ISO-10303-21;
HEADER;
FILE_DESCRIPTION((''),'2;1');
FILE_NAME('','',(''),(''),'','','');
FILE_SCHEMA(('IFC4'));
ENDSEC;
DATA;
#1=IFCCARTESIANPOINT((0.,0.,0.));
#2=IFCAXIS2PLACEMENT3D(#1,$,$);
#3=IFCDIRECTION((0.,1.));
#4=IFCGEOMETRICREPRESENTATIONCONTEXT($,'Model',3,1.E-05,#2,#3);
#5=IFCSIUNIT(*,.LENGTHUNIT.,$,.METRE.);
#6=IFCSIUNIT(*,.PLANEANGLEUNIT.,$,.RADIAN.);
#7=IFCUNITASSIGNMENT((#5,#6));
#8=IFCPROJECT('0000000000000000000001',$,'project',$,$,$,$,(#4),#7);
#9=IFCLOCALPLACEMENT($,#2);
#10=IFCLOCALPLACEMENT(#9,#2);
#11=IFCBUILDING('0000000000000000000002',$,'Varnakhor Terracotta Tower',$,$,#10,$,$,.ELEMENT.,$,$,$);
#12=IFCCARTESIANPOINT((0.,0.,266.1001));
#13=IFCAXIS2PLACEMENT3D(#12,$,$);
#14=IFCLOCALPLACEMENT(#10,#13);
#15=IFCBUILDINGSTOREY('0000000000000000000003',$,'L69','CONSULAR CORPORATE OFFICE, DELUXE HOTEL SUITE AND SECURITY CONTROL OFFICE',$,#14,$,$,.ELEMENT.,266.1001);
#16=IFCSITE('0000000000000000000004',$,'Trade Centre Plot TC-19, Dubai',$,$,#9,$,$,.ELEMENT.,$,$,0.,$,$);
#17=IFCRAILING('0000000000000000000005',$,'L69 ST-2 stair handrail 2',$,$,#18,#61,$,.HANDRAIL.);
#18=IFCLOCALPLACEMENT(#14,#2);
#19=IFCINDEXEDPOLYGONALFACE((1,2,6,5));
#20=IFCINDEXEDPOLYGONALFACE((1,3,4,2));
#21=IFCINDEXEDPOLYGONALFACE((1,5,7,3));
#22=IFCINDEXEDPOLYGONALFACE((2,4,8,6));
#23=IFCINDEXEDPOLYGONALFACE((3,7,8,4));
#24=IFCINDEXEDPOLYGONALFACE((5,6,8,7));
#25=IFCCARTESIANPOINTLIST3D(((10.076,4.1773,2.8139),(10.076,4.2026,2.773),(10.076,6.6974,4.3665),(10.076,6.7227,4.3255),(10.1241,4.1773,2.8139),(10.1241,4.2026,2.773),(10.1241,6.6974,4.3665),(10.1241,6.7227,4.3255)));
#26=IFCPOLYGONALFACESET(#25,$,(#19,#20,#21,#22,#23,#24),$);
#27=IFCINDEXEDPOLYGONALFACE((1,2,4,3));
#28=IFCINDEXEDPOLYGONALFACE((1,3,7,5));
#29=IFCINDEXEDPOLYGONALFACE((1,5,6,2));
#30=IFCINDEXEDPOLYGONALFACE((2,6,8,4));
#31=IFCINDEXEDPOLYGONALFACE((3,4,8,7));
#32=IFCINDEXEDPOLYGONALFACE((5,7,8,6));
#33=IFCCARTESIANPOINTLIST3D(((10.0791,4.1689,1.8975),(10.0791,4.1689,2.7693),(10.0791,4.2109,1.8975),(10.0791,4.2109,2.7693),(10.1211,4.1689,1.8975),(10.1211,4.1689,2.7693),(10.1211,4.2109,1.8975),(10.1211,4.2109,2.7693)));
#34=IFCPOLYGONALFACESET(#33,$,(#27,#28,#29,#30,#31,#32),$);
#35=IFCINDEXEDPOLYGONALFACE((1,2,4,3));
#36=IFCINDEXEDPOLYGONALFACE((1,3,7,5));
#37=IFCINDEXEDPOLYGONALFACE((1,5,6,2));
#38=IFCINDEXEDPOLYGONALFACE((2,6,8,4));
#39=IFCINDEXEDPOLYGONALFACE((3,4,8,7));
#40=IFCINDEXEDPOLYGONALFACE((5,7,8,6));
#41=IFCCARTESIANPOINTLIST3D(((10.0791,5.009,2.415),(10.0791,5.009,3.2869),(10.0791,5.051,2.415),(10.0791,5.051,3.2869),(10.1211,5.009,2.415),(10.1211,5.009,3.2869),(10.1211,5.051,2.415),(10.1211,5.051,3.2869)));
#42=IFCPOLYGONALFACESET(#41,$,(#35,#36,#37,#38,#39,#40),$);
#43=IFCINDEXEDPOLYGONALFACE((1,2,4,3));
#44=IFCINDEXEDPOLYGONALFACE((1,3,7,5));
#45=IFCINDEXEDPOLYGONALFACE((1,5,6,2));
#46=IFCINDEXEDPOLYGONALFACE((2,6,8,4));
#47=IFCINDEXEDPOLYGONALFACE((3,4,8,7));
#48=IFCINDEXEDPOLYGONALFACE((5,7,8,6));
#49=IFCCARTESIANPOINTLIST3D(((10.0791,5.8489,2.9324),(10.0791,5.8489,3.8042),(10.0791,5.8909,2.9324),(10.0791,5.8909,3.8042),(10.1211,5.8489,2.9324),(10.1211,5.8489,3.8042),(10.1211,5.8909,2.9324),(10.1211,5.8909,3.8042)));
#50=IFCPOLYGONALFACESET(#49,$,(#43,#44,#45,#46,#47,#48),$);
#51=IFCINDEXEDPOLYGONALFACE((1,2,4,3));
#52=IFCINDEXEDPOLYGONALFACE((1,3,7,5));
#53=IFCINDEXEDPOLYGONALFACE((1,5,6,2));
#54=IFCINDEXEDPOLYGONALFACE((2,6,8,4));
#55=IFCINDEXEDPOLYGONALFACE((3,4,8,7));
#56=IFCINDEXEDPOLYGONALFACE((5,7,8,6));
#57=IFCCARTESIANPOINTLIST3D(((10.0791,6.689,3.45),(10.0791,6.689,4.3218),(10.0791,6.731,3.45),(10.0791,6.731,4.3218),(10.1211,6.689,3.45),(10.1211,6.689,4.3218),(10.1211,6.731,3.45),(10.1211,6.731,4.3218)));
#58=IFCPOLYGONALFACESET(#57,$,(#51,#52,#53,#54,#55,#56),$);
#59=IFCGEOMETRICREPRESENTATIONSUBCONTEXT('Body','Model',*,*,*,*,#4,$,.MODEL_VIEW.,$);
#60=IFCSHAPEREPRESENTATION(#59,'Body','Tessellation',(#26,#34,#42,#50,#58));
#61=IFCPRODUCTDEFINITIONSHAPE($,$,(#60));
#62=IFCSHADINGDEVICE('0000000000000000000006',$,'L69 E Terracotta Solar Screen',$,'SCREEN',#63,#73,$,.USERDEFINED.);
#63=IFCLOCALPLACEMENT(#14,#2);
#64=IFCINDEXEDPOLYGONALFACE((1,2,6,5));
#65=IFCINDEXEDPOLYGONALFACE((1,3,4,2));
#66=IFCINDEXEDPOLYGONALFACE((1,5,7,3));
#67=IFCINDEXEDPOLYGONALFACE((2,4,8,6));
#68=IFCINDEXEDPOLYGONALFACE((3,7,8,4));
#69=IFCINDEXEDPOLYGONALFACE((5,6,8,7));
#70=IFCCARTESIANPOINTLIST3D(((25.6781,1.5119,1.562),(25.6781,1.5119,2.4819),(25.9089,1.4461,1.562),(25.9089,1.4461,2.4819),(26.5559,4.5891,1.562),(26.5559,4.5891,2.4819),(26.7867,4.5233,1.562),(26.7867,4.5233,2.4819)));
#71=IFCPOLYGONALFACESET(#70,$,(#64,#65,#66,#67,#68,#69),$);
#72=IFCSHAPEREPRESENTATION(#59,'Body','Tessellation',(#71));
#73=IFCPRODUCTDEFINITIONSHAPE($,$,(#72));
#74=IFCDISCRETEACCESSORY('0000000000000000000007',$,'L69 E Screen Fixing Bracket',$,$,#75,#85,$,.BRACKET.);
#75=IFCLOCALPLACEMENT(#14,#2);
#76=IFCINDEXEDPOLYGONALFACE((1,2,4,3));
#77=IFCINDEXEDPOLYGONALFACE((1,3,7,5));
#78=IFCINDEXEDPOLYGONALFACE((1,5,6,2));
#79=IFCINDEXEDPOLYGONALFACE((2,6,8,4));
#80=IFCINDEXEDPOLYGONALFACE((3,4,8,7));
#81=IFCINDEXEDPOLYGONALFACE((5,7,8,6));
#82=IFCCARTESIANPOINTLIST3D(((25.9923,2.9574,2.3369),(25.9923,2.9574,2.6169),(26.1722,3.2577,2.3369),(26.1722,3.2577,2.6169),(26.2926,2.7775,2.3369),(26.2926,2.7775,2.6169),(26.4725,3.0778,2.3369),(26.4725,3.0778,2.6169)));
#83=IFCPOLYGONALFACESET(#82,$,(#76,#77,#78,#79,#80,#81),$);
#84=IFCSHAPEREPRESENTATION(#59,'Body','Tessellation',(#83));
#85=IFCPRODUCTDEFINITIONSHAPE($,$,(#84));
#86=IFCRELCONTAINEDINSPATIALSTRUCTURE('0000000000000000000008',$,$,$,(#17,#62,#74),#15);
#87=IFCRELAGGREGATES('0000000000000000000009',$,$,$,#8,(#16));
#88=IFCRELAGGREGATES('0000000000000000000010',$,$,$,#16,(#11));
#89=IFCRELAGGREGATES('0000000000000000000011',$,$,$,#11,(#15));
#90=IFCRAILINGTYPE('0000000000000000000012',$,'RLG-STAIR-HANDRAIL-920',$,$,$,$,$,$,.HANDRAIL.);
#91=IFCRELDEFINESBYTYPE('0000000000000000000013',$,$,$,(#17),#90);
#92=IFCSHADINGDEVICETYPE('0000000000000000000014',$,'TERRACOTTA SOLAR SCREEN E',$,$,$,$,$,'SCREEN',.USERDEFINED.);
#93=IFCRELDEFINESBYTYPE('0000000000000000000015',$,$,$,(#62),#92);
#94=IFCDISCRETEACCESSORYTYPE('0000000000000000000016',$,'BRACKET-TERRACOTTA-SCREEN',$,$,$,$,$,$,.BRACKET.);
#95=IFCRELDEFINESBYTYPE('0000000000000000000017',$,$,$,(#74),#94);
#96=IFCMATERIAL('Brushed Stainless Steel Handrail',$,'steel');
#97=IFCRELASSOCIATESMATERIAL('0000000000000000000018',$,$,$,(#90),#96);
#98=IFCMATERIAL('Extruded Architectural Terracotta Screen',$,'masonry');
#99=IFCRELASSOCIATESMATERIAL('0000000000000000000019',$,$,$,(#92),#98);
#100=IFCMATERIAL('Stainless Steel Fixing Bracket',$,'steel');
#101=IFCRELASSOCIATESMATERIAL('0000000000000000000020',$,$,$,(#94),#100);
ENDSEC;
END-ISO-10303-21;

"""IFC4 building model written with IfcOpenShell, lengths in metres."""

from ifc_helpers import new_model, si_unit, direction, frame, origin, origin_2d, place, context, subcontext, project, spatial, rectangle, extrude, source, transform, mapped, material, type_object, type_shapes, element, save


model = new_model("IFC4")

# Units and contexts
model_context = context("Model", 3, precision=1e-05, world=origin(), true_north=direction((0.0, 1.0)))
body_context = subcontext(model_context, "Body", "Model", "MODEL_VIEW")
ifc_project = project(units=[si_unit("LENGTHUNIT", "METRE"), si_unit("PLANEANGLEUNIT", "RADIAN")], contexts=[model_context])

# Site, building, storey
site_placement = place(None, origin())
site = spatial("IfcSite", under=ifc_project, at=site_placement, Name="Trade Centre Plot TC-19, Dubai", CompositionType="ELEMENT", RefElevation=0.0)
building_placement = place(site_placement, origin())
building = spatial("IfcBuilding", under=site, at=building_placement, Name="Varnakhor Terracotta Tower", CompositionType="ELEMENT")
storey_placement = place(building_placement, frame((0.0, 0.0, 266.1001)))
storey = spatial("IfcBuildingStorey", under=building, at=storey_placement, Name="L69", Description="CONSULAR CORPORATE OFFICE, DELUXE HOTEL SUITE AND SECURITY CONTROL OFFICE", CompositionType="ELEMENT", Elevation=266.1001)

# Railing
ifc_material_1 = material(Name="Brushed Stainless Steel Handrail", Category="steel")
railing_type = type_object("IfcRailingType", Name="RLG-STAIR-HANDRAIL-920", PredefinedType="HANDRAIL", material=ifc_material_1)
railing_placement = place(storey_placement, frame((10.1001, 4.1899, 1.8975)))
element("IfcRailing", 1, at=railing_placement, inside=storey, type_object=railing_type, Name="L69 ST-2 stair handrail 2", PredefinedType="HANDRAIL", context=body_context, shape_type="SweptSolid", body=[
    extrude(rectangle(XDim=0.0481, YDim=0.0481, at=origin_2d()), frame((0.0, 0.0, 0.896), z_axis=(0.0, 0.8514, 0.524516), x_axis=(-1.0, 0.0, 0.0)), (0.0, 0.0, 1.0), 2.96),
    extrude(rectangle(XDim=0.042, YDim=0.042, at=origin_2d()), origin(), (0.0, 0.0, 1.0), 0.8718),
    extrude(rectangle(XDim=0.042, YDim=0.042, at=origin_2d()), frame((0.0, 0.8401, 0.5176)), (0.0, 0.0, 1.0), 0.8718),
    extrude(rectangle(XDim=0.042, YDim=0.042, at=origin_2d()), frame((0.0, 1.6799, 1.0349)), (0.0, 0.0, 1.0), 0.8718),
    extrude(rectangle(XDim=0.042, YDim=0.042, at=origin_2d()), frame((0.0, 2.52, 1.5525)), (0.0, 0.0, 1.0), 0.8718),
])

# Shading device
ifc_material_2 = material(Name="Extruded Architectural Terracotta Screen", Category="masonry")
shading_device_type = type_object("IfcShadingDeviceType", Name="TERRACOTTA SOLAR SCREEN E", ElementType="SCREEN", PredefinedType="USERDEFINED", material=ifc_material_2)
shared_shape_1 = source(origin(), body_context, "Body", "SweptSolid", [
    extrude(rectangle(XDim=3.2, YDim=0.24, at=origin_2d()), origin(), (0.0, 0.0, 1.0), 0.9199),
])
type_shapes(shading_device_type, [shared_shape_1])
shading_device_placement = place(storey_placement, frame((26.2324, 3.0176, 1.562), z_axis=(0.0, 0.0, 1.0), x_axis=(0.274328, 0.961636, 0.0)))
element("IfcShadingDevice", 2, at=shading_device_placement, inside=storey, type_object=shading_device_type, Name="L69 E Terracotta Solar Screen", ObjectType="SCREEN", PredefinedType="USERDEFINED", context=body_context, shape_type="MappedRepresentation", body=[
    mapped(shared_shape_1, transform((0.0, 0.0, 0.0), scale=1.0)),
])

# Discrete accessory
ifc_material_3 = material(Name="Stainless Steel Fixing Bracket", Category="steel")
discrete_accessory_type = type_object("IfcDiscreteAccessoryType", Name="BRACKET-TERRACOTTA-SCREEN", PredefinedType="BRACKET", material=ifc_material_3)
shared_shape_2 = source(origin(), body_context, "Body", "SweptSolid", [
    extrude(rectangle(XDim=0.3501, YDim=0.3501, at=origin_2d()), origin(), (0.0, 0.0, 1.0), 0.28),
])
type_shapes(discrete_accessory_type, [shared_shape_2])
discrete_accessory_placement = place(storey_placement, frame((26.2324, 3.0176, 2.3369), z_axis=(0.0, 0.0, 1.0), x_axis=(0.513871, 0.857868, 0.0)))
element("IfcDiscreteAccessory", 3, at=discrete_accessory_placement, inside=storey, type_object=discrete_accessory_type, Name="L69 E Screen Fixing Bracket", PredefinedType="BRACKET", context=body_context, shape_type="MappedRepresentation", body=[
    mapped(shared_shape_2, transform((0.0, 0.0, 0.0), scale=1.0)),
])

save(model, "model.ifc")
